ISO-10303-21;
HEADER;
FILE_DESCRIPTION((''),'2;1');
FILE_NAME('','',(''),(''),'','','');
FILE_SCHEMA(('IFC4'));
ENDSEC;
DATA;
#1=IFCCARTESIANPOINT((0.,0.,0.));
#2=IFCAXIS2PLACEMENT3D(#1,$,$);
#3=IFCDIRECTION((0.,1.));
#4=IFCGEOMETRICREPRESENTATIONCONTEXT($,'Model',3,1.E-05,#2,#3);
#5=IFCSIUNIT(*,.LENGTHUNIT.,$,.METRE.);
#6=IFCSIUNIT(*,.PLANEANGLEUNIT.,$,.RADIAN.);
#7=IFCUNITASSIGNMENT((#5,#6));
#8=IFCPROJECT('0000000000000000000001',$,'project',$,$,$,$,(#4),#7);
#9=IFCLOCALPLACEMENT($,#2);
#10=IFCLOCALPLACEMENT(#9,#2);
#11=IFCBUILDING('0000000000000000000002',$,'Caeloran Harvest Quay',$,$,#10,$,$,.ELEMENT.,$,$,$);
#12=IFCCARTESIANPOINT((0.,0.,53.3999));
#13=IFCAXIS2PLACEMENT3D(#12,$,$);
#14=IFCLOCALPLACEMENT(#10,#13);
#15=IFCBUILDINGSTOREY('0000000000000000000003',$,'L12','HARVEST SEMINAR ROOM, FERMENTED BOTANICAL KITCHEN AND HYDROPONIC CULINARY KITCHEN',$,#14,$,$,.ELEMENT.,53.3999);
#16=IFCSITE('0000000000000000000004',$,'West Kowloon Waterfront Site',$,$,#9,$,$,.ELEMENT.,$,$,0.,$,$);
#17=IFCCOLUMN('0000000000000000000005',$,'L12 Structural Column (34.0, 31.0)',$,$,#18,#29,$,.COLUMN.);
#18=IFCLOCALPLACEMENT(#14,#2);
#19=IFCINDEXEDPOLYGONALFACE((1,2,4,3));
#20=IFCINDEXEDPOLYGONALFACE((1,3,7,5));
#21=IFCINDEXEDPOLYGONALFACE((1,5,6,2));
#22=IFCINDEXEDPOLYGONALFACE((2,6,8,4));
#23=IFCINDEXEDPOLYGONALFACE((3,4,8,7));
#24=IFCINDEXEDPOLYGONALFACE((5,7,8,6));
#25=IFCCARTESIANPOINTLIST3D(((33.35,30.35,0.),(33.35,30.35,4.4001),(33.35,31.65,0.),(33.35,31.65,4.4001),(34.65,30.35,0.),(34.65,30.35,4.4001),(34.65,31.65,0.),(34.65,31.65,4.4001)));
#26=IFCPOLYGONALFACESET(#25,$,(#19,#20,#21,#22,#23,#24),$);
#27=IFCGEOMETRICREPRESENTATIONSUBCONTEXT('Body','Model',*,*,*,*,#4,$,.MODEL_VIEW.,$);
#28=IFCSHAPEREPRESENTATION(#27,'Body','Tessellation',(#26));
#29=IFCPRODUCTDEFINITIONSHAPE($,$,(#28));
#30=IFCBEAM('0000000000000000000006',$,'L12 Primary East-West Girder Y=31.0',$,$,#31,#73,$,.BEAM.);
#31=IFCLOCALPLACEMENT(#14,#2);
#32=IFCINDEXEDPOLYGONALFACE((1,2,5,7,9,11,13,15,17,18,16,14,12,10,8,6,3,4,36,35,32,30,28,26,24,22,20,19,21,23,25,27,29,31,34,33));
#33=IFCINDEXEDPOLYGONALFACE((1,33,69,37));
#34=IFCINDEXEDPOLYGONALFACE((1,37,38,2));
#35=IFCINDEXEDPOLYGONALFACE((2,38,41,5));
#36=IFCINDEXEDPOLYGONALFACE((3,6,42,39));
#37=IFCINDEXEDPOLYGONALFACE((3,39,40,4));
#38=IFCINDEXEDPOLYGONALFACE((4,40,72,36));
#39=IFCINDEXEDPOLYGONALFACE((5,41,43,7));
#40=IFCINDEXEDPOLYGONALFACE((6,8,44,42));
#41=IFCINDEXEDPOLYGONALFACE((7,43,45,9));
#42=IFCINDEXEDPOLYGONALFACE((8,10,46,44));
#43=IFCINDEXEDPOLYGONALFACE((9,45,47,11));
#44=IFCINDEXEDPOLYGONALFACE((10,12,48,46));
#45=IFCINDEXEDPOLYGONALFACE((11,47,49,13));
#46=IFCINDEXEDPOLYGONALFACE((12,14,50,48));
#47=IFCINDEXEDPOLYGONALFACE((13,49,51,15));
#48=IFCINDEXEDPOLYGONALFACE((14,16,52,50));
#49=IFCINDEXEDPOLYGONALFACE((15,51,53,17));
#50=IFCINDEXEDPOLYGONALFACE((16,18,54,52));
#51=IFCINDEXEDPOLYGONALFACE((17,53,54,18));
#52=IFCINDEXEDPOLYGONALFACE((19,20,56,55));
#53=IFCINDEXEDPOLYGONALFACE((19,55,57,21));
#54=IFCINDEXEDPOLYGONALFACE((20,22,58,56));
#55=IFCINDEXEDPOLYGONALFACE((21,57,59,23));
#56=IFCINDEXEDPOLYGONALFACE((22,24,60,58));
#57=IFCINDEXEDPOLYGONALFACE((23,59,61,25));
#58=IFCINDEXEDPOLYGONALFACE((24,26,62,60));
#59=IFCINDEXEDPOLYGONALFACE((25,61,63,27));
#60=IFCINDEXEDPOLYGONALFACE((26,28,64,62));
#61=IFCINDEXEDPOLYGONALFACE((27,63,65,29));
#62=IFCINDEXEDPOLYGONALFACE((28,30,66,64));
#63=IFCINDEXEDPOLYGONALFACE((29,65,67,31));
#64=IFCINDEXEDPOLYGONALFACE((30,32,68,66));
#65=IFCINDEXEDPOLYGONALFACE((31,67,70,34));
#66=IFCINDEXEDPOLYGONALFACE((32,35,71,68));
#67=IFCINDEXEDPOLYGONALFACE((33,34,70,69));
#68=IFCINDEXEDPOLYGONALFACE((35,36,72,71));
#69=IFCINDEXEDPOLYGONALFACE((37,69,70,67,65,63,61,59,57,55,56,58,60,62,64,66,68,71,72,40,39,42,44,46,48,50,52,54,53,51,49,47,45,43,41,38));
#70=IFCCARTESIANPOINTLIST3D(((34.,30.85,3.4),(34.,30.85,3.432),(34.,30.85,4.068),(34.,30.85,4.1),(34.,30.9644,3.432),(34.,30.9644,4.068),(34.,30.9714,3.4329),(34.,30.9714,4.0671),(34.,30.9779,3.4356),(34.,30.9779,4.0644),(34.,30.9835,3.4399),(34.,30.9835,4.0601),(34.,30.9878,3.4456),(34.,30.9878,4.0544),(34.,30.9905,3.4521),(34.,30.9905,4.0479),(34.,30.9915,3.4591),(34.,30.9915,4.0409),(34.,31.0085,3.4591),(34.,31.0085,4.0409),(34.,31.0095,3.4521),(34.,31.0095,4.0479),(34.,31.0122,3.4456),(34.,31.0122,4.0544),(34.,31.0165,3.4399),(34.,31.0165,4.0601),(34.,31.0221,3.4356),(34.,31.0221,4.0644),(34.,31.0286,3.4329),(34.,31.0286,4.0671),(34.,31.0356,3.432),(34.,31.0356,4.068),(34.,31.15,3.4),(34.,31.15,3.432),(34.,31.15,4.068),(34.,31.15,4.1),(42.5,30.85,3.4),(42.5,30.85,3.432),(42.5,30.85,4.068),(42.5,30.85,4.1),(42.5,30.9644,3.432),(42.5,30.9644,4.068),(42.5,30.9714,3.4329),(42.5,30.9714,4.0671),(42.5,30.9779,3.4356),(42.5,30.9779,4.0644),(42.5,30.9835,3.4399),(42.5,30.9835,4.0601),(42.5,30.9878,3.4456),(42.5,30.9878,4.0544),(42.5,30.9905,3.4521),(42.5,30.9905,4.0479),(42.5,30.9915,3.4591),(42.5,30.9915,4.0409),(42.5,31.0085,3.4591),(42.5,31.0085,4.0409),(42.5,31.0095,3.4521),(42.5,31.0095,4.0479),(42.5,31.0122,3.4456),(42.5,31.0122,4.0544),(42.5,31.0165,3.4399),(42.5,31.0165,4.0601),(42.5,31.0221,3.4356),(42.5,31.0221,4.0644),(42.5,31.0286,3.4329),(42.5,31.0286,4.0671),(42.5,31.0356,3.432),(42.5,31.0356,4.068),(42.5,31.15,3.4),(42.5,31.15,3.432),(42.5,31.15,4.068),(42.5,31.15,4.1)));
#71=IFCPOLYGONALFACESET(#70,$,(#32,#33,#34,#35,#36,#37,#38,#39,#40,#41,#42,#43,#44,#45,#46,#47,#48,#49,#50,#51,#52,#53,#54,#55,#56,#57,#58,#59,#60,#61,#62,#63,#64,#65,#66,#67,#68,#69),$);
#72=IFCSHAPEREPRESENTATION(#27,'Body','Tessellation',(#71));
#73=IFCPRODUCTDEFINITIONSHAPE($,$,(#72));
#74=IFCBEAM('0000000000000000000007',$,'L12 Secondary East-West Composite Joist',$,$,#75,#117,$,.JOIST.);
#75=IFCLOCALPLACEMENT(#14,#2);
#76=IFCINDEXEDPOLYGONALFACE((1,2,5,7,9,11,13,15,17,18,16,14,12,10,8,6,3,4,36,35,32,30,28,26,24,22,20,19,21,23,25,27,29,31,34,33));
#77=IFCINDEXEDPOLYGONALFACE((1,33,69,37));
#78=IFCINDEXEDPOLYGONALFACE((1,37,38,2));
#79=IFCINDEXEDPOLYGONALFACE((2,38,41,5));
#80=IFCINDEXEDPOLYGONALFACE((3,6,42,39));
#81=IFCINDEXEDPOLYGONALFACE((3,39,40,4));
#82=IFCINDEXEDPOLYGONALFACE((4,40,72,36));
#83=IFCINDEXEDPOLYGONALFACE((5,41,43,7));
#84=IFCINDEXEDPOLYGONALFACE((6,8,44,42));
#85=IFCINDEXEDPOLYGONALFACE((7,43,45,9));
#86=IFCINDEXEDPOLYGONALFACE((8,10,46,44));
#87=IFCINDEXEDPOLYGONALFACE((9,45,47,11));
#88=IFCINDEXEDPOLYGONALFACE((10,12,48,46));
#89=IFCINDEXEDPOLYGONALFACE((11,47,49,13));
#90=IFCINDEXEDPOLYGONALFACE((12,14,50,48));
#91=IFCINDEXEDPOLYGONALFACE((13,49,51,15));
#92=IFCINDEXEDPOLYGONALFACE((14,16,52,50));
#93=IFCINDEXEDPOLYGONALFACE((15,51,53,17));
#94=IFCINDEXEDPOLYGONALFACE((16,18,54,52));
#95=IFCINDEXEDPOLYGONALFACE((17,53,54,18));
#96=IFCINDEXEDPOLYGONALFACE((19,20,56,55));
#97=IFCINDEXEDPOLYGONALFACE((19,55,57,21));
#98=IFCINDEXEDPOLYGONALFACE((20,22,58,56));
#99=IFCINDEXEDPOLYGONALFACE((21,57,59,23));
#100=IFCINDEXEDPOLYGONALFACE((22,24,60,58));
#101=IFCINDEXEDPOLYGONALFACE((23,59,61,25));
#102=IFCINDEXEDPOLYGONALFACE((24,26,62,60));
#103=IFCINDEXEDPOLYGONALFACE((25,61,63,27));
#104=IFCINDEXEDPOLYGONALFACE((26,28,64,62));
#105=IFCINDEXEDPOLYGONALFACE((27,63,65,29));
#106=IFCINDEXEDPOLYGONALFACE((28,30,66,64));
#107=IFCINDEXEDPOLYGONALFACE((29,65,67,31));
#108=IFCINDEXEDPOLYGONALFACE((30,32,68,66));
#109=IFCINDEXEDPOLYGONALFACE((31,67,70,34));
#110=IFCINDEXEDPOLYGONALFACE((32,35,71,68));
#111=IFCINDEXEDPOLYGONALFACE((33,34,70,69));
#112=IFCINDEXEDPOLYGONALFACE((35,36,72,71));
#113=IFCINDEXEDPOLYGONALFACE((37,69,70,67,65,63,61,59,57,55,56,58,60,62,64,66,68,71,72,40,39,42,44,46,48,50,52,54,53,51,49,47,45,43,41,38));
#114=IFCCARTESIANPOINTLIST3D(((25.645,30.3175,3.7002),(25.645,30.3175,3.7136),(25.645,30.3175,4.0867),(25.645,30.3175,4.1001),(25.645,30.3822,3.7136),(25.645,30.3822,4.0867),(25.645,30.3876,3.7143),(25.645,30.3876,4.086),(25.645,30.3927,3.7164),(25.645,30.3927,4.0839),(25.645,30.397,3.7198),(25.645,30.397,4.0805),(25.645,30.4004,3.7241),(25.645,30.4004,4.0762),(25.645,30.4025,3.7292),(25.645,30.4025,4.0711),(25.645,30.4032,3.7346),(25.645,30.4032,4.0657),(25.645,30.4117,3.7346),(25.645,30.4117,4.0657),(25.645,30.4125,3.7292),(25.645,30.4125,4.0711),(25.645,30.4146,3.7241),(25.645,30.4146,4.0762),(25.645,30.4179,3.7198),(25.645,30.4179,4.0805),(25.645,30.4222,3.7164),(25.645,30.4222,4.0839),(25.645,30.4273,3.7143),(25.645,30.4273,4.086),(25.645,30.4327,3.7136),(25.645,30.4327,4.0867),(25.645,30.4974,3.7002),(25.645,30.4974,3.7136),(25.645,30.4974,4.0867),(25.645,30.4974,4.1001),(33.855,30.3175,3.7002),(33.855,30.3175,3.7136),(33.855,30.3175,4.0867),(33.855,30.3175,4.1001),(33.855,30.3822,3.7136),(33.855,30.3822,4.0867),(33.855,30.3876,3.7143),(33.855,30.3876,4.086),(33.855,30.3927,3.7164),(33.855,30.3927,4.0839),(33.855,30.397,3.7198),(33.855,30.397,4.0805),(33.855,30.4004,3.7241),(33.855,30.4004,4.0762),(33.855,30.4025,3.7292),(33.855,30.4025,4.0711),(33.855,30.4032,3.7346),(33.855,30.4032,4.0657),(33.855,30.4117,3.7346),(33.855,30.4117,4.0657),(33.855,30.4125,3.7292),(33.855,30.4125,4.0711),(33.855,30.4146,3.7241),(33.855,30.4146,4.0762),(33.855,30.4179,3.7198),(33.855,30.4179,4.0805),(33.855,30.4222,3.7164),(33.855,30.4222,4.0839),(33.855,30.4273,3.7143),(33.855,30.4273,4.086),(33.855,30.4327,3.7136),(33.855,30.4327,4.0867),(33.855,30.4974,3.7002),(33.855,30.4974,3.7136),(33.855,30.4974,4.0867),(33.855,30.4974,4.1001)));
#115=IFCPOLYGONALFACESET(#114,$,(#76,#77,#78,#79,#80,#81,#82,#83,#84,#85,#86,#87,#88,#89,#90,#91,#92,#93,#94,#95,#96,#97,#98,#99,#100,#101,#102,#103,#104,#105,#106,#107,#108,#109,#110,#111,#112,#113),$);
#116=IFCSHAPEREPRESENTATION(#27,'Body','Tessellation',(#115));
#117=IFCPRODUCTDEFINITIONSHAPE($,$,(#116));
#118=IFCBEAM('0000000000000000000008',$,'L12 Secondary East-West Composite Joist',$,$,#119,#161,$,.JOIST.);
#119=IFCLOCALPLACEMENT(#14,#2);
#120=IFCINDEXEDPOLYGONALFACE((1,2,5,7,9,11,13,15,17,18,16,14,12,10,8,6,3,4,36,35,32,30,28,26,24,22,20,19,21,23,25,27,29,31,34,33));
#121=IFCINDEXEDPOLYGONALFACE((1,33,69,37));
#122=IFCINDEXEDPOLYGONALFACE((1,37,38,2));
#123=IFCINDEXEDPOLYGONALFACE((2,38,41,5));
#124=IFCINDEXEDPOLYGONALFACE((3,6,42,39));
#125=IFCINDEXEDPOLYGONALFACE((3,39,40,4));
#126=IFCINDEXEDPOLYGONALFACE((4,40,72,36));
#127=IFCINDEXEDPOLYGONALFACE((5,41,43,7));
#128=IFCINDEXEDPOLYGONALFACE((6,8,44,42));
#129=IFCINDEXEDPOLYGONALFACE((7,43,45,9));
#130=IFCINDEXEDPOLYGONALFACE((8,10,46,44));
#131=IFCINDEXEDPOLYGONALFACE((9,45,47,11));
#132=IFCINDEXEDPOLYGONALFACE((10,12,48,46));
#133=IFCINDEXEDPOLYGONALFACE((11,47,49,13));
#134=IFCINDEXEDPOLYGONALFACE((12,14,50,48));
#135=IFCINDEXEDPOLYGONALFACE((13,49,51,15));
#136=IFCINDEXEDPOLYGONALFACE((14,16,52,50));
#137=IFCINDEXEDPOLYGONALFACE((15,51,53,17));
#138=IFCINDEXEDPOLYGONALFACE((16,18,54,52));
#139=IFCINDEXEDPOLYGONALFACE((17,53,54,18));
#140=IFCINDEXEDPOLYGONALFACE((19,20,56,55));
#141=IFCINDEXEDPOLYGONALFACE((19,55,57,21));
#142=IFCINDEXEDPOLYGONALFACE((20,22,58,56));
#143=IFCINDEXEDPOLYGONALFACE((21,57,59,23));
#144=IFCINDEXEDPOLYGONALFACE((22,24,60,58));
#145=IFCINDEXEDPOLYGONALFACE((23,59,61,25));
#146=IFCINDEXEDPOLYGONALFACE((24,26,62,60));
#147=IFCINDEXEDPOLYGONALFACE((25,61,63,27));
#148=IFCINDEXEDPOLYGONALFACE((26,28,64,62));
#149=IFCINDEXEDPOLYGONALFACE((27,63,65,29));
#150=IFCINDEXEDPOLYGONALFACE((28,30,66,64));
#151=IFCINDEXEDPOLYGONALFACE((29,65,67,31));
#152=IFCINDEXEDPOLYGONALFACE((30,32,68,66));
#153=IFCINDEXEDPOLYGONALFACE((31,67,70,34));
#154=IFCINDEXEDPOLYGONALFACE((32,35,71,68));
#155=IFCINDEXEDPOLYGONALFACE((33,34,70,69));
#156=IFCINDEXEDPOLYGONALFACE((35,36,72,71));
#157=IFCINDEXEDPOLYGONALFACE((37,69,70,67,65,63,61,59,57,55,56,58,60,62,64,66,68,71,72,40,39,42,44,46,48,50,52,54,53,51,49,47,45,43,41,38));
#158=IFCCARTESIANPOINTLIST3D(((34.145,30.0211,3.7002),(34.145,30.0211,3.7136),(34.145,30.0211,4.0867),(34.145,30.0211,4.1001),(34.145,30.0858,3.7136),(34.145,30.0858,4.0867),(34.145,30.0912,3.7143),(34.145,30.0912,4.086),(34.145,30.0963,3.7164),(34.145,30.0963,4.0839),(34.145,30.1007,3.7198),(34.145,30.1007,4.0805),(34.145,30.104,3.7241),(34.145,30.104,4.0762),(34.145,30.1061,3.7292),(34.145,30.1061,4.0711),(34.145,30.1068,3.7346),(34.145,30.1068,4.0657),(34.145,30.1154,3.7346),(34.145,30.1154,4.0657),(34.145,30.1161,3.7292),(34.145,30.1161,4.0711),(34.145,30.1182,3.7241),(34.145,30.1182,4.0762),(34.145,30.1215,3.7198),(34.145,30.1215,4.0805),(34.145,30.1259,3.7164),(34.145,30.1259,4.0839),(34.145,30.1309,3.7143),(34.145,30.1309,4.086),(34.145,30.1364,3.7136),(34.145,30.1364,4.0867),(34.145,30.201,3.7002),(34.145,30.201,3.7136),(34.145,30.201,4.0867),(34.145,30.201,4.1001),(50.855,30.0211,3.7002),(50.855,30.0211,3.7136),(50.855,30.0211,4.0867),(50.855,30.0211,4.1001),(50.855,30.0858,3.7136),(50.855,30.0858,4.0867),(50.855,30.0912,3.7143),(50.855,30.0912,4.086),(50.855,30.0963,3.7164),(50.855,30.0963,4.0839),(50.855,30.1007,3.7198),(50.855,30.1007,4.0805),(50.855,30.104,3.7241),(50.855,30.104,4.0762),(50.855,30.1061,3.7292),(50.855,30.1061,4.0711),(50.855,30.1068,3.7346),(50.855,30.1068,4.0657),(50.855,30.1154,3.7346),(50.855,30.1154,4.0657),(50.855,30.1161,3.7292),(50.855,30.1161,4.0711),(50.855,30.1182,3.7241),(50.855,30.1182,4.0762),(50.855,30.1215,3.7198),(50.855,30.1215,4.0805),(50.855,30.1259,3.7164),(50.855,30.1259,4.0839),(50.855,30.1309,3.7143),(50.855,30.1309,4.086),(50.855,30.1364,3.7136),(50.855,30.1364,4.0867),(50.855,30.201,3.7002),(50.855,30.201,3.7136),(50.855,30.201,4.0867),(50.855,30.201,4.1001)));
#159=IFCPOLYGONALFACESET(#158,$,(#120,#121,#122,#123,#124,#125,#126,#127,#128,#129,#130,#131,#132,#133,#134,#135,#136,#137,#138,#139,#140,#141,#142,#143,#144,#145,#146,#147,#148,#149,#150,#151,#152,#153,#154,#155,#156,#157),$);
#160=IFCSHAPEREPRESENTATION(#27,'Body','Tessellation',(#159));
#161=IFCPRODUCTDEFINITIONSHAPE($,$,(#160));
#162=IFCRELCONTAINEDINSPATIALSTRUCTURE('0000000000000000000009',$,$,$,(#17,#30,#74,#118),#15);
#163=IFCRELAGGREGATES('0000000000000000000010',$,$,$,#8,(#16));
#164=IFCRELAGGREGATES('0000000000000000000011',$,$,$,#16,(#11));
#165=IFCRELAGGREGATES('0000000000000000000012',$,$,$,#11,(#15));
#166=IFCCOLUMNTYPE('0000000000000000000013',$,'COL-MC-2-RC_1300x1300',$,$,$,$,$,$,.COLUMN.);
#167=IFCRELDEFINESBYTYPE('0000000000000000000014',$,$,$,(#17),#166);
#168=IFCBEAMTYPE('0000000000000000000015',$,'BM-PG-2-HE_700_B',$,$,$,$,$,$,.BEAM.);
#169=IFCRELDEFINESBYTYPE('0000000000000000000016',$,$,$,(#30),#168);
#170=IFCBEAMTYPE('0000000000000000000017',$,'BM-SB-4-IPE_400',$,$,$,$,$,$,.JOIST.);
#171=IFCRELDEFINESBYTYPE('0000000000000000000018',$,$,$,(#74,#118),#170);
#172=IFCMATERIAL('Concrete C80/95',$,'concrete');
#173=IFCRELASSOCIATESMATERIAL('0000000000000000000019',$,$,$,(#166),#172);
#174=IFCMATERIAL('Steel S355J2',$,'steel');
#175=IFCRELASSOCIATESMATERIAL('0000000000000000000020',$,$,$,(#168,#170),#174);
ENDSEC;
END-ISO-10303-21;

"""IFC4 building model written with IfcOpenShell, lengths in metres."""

from ifc_helpers import new_model, si_unit, direction, frame, origin, origin_2d, place, context, subcontext, project, spatial, rectangle, i_section, extrude, material, material_profile, profile_set, type_object, element, save


model = new_model("IFC4")

# Units and contexts
model_context = context("Model", 3, precision=1e-05, world=origin(), true_north=direction((0.0, 1.0)))
body_context = subcontext(model_context, "Body", "Model", "MODEL_VIEW")
ifc_project = project(units=[si_unit("LENGTHUNIT", "METRE"), si_unit("PLANEANGLEUNIT", "RADIAN")], contexts=[model_context])

# Site, building, storey
site_placement = place(None, origin())
site = spatial("IfcSite", under=ifc_project, at=site_placement, Name="West Kowloon Waterfront Site", CompositionType="ELEMENT", RefElevation=0.0)
building_placement = place(site_placement, origin())
building = spatial("IfcBuilding", under=site, at=building_placement, Name="Caeloran Harvest Quay", CompositionType="ELEMENT")
storey_placement = place(building_placement, frame((0.0, 0.0, 53.3999)))
storey = spatial("IfcBuildingStorey", under=building, at=storey_placement, Name="L12", Description="HARVEST SEMINAR ROOM, FERMENTED BOTANICAL KITCHEN AND HYDROPONIC CULINARY KITCHEN", CompositionType="ELEMENT", Elevation=53.3999)

# Column
ifc_material_1 = material(Name="Concrete C80/95", Category="concrete")
ifc_material_profile_1 = material_profile(ifc_material_1, rectangle(XDim=1.3, YDim=1.3, at=origin_2d()), Name="RC 1300x1300")
ifc_profile_set_1 = profile_set([ifc_material_profile_1], Name="Concrete C80/95")
column_type = type_object("IfcColumnType", Name="COL-MC-2-RC_1300x1300", PredefinedType="COLUMN", material=ifc_profile_set_1)
column_placement = place(storey_placement, frame((34.0, 31.0, 0.0), z_axis=(0.0, 0.0, 1.0), x_axis=(1.0, 0.0, 0.0)))
element("IfcColumn", 1, at=column_placement, inside=storey, type_object=column_type, Name="L12 Structural Column (34.0, 31.0)", PredefinedType="COLUMN", context=body_context, shape_type="SweptSolid", body=[
    extrude(rectangle(XDim=1.3, YDim=1.3, at=origin_2d()), origin(), (0.0, 0.0, 1.0), 4.4001),
])

# Beams
ifc_material_2 = material(Name="Steel S355J2", Category="steel")
ifc_material_profile_2 = material_profile(ifc_material_2, i_section(OverallWidth=0.3, OverallDepth=0.7, WebThickness=0.0171, FlangeThickness=0.032, FilletRadius=0.0271, at=origin_2d()), Name="HE 700 B")
ifc_profile_set_2 = profile_set([ifc_material_profile_2], Name="Steel S355J2")
beam_type_1 = type_object("IfcBeamType", Name="BM-PG-2-HE_700_B", PredefinedType="BEAM", material=ifc_profile_set_2)
beam_1_placement = place(storey_placement, frame((34.0, 31.0, 3.75), z_axis=(1.0, 0.0, 0.0), x_axis=(0.0, 1.0, 0.0)))
element("IfcBeam", 2, at=beam_1_placement, inside=storey, type_object=beam_type_1, Name="L12 Primary East-West Girder Y=31.0", PredefinedType="BEAM", context=body_context, shape_type="SweptSolid", body=[
    extrude(i_section(OverallWidth=0.3, OverallDepth=0.7, WebThickness=0.0171, FlangeThickness=0.032, FilletRadius=0.0271, at=origin_2d()), origin(), (0.0, 0.0, 1.0), 8.5),
])
ifc_material_profile_3 = material_profile(ifc_material_2, i_section(OverallWidth=0.1799, OverallDepth=0.3999, WebThickness=0.0085, FlangeThickness=0.0134, FilletRadius=0.021, at=origin_2d()), Name="IPE 400")
ifc_profile_set_3 = profile_set([ifc_material_profile_3], Name="Steel S355J2")
beam_type_2 = type_object("IfcBeamType", Name="BM-SB-4-IPE_400", PredefinedType="JOIST", material=ifc_profile_set_3)
beam_2_placement = place(storey_placement, frame((25.645, 30.4075, 3.9001), z_axis=(1.0, 0.0, 0.0), x_axis=(0.0, 1.0, 0.0)))
element("IfcBeam", 3, at=beam_2_placement, inside=storey, type_object=beam_type_2, Name="L12 Secondary East-West Composite Joist", PredefinedType="JOIST", context=body_context, shape_type="SweptSolid", body=[
    extrude(i_section(OverallWidth=0.1799, OverallDepth=0.3999, WebThickness=0.0085, FlangeThickness=0.0134, FilletRadius=0.021, at=origin_2d()), origin(), (0.0, 0.0, 1.0), 8.21),
])
for number, where, z_axis, x_axis, name in (
    (4, (34.145, 30.1111, 3.9001), (1.0, 0.0, 0.0), (0.0, 1.0, 0.0), "L12 Secondary East-West Composite Joist"),
):
    element("IfcBeam", number, at=place(storey_placement, frame(where, z_axis=z_axis, x_axis=x_axis)), inside=storey, type_object=beam_type_2, Name=name, PredefinedType="JOIST", context=body_context, shape_type="SweptSolid", body=[
        extrude(i_section(OverallWidth=0.1799, OverallDepth=0.3999, WebThickness=0.0085, FlangeThickness=0.0134, FilletRadius=0.021, at=origin_2d()), origin(), (0.0, 0.0, 1.0), 16.71),
    ])

save(model, "model.ifc")
